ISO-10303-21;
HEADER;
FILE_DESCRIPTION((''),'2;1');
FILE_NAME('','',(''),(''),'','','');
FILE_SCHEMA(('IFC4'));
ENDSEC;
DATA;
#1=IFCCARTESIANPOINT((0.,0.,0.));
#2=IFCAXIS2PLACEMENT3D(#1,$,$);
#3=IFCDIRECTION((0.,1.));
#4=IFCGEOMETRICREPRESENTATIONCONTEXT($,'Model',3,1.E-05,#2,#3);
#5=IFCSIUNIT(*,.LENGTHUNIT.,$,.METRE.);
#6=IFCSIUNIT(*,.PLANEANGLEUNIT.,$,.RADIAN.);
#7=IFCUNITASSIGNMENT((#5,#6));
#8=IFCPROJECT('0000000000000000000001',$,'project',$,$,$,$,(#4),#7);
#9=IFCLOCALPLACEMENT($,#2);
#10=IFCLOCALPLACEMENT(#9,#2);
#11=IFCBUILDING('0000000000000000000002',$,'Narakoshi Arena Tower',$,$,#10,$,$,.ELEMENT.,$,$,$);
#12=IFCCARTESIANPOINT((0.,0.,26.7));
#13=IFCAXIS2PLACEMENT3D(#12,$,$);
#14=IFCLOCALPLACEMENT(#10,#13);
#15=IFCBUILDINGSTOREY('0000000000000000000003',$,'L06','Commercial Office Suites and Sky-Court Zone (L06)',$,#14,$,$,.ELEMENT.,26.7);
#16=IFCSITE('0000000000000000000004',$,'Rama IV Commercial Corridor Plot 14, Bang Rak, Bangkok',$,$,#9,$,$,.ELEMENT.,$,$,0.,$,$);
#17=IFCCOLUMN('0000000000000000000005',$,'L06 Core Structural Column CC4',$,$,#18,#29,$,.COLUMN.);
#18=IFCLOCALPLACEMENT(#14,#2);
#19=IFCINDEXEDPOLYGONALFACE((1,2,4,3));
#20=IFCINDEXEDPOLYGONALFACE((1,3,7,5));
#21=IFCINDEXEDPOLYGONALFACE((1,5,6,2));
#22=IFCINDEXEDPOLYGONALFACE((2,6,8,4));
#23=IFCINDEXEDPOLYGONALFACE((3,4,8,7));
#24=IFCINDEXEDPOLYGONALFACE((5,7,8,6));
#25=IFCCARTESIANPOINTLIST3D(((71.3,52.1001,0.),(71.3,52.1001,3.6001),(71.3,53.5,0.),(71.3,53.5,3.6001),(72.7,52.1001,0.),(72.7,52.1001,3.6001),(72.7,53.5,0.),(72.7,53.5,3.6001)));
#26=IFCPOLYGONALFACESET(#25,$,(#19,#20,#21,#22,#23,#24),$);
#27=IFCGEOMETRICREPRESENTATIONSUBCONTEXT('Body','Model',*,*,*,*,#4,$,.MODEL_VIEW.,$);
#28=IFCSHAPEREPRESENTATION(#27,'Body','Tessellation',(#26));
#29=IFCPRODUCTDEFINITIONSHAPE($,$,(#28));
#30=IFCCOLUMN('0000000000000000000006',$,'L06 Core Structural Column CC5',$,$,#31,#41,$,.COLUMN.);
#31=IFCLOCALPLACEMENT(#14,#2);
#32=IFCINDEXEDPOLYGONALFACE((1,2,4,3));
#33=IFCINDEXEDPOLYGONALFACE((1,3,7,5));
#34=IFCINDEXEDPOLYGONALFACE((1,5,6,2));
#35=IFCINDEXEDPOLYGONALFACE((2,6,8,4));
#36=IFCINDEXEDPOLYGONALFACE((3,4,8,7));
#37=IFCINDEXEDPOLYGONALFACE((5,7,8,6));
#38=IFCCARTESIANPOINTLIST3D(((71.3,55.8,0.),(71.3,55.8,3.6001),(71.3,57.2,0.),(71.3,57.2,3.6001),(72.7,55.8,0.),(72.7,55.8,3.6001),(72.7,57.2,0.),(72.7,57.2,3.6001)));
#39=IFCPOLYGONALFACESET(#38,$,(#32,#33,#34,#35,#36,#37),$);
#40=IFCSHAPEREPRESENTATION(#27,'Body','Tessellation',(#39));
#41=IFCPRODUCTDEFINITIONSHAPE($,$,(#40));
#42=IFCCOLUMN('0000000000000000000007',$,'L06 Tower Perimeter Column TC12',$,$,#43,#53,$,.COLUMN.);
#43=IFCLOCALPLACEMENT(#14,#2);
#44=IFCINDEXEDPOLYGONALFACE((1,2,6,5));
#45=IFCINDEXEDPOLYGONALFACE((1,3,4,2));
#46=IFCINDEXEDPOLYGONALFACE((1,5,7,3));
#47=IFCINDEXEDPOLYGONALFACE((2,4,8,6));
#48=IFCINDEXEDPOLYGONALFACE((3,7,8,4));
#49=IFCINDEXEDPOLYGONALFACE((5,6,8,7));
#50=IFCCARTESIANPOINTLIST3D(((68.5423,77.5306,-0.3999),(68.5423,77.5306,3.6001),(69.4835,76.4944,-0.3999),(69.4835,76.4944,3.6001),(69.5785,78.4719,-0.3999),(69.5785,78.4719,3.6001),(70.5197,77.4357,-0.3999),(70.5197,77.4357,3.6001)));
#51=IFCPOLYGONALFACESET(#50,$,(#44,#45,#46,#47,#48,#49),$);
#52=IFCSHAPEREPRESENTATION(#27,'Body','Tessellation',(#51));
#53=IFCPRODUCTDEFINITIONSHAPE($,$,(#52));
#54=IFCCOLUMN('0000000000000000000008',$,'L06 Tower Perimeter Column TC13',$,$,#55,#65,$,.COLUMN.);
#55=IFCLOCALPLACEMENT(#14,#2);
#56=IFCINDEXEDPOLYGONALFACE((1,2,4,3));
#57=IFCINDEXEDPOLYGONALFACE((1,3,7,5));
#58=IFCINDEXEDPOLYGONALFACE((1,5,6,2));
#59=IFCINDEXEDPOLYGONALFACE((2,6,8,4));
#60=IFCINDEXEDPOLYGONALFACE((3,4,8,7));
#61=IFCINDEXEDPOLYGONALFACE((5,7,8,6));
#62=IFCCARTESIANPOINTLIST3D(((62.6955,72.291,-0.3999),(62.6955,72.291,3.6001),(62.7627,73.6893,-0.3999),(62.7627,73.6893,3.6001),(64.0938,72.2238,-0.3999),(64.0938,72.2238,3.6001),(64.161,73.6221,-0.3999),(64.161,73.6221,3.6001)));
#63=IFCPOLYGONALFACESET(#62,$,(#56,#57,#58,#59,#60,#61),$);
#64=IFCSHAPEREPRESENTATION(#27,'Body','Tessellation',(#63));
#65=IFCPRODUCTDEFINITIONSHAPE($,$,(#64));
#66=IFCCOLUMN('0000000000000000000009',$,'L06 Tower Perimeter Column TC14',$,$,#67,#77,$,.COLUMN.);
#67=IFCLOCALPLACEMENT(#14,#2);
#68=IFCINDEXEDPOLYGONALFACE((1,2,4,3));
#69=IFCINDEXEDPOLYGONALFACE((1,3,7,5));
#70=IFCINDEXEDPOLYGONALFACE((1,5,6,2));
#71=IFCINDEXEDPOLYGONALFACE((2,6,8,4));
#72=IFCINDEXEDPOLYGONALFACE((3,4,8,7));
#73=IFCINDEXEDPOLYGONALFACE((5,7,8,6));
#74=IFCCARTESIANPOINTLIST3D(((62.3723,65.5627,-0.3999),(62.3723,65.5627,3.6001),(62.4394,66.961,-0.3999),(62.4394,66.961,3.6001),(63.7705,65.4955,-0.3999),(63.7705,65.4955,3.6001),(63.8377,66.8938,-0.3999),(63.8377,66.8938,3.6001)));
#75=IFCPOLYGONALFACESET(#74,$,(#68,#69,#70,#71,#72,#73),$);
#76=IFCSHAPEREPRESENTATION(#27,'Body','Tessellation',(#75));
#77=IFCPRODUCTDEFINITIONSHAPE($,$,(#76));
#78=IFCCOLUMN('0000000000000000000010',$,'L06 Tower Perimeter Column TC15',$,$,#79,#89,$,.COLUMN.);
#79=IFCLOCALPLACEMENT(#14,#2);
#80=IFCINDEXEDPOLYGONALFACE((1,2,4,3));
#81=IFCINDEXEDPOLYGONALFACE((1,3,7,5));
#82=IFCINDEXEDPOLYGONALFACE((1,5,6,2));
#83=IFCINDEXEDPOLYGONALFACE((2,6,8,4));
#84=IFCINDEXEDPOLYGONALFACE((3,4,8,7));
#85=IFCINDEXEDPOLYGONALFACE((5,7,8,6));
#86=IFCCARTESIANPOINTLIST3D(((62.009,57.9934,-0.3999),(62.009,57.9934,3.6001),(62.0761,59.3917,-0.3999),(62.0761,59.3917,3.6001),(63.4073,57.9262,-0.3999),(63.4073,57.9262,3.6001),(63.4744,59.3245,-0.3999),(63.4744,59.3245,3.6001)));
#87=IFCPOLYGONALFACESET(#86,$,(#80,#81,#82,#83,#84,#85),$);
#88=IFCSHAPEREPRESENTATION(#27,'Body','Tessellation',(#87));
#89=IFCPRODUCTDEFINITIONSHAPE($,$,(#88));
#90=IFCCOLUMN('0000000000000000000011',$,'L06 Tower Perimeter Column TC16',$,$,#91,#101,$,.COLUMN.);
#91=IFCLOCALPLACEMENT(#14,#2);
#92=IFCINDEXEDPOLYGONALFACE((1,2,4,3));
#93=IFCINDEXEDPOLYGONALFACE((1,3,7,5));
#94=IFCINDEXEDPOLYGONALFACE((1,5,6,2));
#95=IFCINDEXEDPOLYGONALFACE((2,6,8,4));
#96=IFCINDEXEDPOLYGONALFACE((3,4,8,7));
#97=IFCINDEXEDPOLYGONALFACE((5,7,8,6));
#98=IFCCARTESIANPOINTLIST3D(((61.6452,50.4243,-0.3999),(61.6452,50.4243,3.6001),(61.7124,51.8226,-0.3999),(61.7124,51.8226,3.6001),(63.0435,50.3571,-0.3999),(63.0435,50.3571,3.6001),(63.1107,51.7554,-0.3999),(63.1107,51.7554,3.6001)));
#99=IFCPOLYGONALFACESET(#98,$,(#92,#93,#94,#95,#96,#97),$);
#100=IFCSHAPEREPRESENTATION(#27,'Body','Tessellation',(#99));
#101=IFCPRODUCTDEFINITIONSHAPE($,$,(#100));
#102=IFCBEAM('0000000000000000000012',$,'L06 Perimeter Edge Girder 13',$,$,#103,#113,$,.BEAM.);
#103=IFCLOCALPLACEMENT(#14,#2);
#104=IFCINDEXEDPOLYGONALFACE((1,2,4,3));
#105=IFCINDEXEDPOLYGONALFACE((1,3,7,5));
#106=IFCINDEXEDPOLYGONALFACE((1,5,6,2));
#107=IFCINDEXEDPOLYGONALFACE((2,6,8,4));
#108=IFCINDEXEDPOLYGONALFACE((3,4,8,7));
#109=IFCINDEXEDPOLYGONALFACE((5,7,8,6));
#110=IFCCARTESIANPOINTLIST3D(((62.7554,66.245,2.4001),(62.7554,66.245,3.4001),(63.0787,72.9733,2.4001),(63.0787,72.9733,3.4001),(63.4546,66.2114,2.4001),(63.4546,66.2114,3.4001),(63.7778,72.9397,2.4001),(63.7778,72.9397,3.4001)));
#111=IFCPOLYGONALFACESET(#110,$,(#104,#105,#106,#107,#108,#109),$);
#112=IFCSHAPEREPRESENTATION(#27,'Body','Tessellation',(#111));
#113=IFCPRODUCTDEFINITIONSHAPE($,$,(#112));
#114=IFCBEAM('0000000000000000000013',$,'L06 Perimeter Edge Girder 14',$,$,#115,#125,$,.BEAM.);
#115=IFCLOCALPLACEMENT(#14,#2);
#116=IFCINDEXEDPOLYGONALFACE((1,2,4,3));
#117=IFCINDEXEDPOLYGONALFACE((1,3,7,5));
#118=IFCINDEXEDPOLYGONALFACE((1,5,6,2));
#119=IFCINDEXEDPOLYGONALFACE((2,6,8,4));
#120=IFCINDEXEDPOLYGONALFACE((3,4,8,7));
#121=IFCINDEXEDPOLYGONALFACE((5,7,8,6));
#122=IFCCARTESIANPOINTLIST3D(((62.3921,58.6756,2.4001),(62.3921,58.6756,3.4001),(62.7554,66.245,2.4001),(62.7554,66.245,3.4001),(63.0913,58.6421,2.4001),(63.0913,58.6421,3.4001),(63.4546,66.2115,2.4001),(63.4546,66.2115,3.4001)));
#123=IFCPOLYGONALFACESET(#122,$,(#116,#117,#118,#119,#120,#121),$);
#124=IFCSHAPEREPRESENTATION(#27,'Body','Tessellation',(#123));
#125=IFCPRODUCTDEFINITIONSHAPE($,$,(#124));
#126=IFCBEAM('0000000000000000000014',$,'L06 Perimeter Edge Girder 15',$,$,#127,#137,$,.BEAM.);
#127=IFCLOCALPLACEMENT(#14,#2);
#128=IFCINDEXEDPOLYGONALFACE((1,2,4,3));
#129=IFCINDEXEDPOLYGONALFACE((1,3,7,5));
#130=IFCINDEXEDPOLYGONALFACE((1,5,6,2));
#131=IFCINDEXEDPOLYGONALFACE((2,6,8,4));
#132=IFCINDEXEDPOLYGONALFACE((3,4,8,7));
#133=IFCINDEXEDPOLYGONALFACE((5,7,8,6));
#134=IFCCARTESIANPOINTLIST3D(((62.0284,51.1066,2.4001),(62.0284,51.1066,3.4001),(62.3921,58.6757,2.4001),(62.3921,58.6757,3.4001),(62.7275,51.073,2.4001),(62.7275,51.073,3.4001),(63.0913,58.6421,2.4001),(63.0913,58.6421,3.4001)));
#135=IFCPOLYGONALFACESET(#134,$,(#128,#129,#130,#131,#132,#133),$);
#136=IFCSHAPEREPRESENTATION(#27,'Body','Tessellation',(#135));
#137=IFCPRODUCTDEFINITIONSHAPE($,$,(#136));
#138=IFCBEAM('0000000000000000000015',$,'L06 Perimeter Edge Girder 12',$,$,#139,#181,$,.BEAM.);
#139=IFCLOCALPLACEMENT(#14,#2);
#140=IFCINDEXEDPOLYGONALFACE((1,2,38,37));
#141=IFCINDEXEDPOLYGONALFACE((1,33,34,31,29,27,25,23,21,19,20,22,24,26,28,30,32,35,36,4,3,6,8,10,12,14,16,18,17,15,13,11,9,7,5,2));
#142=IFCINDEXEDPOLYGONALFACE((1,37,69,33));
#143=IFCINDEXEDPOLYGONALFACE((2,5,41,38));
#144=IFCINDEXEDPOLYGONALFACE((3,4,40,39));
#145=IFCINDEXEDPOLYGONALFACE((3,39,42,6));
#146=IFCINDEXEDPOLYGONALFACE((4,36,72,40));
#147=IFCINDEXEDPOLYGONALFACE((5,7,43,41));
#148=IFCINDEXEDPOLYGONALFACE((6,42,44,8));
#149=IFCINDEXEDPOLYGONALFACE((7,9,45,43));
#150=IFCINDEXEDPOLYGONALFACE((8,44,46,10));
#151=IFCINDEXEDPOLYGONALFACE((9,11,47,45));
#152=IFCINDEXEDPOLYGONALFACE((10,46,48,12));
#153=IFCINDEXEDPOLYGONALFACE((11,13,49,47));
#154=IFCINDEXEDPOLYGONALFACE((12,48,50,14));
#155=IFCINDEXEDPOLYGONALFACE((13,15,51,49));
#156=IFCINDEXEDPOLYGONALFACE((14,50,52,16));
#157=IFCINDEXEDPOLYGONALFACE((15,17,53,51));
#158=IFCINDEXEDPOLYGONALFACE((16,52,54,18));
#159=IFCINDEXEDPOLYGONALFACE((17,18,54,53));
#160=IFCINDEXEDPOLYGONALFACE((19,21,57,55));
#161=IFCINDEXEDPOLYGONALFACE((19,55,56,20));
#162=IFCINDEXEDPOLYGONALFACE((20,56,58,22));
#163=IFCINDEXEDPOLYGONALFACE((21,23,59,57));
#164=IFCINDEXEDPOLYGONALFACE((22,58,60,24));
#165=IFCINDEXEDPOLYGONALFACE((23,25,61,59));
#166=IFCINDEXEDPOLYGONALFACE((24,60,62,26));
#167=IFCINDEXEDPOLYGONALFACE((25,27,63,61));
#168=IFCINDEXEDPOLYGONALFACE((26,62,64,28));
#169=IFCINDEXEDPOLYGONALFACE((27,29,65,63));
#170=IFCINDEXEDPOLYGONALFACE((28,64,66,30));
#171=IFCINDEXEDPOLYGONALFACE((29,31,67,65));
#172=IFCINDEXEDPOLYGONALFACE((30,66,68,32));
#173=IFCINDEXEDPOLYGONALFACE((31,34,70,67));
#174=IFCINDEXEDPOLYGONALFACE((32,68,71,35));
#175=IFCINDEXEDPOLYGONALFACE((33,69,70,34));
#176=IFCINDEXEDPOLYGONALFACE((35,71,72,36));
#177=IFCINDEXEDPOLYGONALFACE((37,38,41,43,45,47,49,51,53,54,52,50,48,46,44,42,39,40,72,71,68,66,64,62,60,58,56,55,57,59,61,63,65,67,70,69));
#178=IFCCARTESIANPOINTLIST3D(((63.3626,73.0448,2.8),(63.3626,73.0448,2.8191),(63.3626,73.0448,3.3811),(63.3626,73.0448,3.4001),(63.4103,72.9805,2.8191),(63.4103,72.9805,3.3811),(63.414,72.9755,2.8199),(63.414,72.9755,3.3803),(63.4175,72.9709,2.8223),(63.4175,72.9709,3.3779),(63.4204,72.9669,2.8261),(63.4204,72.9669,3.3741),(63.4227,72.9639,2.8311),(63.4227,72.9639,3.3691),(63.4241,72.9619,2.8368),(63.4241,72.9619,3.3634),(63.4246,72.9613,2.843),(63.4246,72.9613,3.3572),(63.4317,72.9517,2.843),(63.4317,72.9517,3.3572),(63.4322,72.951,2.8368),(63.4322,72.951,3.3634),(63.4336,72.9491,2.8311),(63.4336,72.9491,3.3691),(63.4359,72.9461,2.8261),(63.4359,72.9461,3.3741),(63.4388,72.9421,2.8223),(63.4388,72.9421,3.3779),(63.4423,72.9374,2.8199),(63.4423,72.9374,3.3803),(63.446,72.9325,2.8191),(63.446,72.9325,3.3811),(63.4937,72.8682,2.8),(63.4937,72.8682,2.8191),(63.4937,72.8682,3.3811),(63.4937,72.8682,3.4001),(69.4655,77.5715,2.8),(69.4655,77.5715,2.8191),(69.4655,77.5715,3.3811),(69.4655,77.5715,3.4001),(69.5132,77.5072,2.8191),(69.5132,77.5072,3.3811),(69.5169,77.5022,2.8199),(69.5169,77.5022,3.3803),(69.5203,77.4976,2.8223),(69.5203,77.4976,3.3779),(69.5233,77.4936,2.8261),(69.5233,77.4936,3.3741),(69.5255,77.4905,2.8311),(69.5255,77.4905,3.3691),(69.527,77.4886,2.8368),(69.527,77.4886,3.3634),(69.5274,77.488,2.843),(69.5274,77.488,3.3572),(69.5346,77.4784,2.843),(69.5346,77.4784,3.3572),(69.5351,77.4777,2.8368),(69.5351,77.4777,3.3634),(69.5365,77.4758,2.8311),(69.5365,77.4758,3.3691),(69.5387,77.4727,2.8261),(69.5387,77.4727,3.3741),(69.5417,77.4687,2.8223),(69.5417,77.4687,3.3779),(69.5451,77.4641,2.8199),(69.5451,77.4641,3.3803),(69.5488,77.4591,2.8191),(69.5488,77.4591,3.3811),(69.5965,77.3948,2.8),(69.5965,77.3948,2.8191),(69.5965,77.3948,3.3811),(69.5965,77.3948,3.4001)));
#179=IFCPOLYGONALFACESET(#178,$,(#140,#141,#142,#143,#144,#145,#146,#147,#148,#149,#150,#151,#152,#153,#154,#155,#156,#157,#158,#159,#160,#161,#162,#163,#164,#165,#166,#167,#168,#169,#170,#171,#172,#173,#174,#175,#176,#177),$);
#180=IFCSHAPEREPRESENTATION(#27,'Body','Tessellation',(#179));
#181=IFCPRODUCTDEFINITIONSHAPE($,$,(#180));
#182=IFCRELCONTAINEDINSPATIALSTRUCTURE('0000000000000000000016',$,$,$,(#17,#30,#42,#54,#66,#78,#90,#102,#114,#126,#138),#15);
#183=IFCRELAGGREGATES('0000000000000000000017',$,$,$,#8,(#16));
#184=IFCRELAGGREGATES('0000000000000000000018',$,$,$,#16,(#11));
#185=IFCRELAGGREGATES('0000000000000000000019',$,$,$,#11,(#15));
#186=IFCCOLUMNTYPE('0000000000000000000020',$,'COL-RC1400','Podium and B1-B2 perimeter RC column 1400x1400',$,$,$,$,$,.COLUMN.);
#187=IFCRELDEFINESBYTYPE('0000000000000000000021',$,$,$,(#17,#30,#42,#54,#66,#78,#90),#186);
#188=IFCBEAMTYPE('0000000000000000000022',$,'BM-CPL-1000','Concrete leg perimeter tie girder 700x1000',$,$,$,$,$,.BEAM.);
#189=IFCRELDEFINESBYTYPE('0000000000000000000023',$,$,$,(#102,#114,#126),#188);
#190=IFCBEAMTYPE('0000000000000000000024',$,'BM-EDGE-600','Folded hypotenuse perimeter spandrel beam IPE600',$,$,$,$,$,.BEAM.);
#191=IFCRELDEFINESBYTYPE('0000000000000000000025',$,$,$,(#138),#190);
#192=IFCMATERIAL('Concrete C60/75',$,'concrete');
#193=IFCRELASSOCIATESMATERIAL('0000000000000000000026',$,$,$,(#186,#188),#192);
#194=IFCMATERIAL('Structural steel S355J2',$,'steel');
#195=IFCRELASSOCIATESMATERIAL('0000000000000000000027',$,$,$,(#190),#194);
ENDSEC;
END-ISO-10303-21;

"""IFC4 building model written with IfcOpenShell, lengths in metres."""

from ifc_helpers import new_model, si_unit, direction, frame, origin, origin_2d, place, context, subcontext, project, spatial, rectangle, i_section, extrude, material, material_profile, profile_set, type_object, element, save


model = new_model("IFC4")

# Units and contexts
model_context = context("Model", 3, precision=1e-05, world=origin(), true_north=direction((0.0, 1.0)))
body_context = subcontext(model_context, "Body", "Model", "MODEL_VIEW")
ifc_project = project(units=[si_unit("LENGTHUNIT", "METRE"), si_unit("PLANEANGLEUNIT", "RADIAN")], contexts=[model_context])

# Site, building, storey
site_placement = place(None, origin())
site = spatial("IfcSite", under=ifc_project, at=site_placement, Name="Rama IV Commercial Corridor Plot 14, Bang Rak, Bangkok", CompositionType="ELEMENT", RefElevation=0.0)
building_placement = place(site_placement, origin())
building = spatial("IfcBuilding", under=site, at=building_placement, Name="Narakoshi Arena Tower", CompositionType="ELEMENT")
storey_placement = place(building_placement, frame((0.0, 0.0, 26.7)))
storey = spatial("IfcBuildingStorey", under=building, at=storey_placement, Name="L06", Description="Commercial Office Suites and Sky-Court Zone (L06)", CompositionType="ELEMENT", Elevation=26.7)

# Columns
ifc_material_1 = material(Name="Concrete C60/75", Category="concrete")
ifc_material_profile_1 = material_profile(ifc_material_1, rectangle(XDim=1.3999, YDim=1.3999, at=origin_2d()), Name="RC1400x1400")
ifc_profile_set_1 = profile_set([ifc_material_profile_1], Name="Concrete C60/75")
column_type = type_object("IfcColumnType", Name="COL-RC1400", Description="Podium and B1-B2 perimeter RC column 1400x1400", PredefinedType="COLUMN", material=ifc_profile_set_1)
for number, where, z_axis, x_axis, name in (
    (1, (72.0, 52.8, 0.0), (0.0, 0.0, 1.0), (1.0, 0.0, 0.0), "L06 Core Structural Column CC4"),
    (2, (72.0, 56.5, 0.0), (0.0, 0.0, 1.0), (1.0, 0.0, 0.0), "L06 Core Structural Column CC5"),
):
    element("IfcColumn", number, at=place(storey_placement, frame(where, z_axis=z_axis, x_axis=x_axis)), inside=storey, type_object=column_type, Name=name, PredefinedType="COLUMN", context=body_context, shape_type="SweptSolid", body=[
        extrude(rectangle(XDim=1.3999, YDim=1.3999, at=origin_2d()), origin(), (0.0, 0.0, 1.0), 3.6001),
    ])
for number, where, z_axis, x_axis, name in (
    (3, (69.531, 77.4832, -0.3999), (0.0, 0.0, 1.0), (0.740218, 0.672367, 0.0), "L06 Tower Perimeter Column TC12"),
    (4, (63.4282, 72.9565, -0.3999), (0.0, 0.0, 1.0), (0.047978, 0.998848, 0.0), "L06 Tower Perimeter Column TC13"),
    (5, (63.105, 66.2283, -0.3999), (0.0, 0.0, 1.0), (0.047978, 0.998848, 0.0), "L06 Tower Perimeter Column TC14"),
    (6, (62.7417, 58.6589, -0.3999), (0.0, 0.0, 1.0), (0.047978, 0.998848, 0.0), "L06 Tower Perimeter Column TC15"),
    (7, (62.3779, 51.0898, -0.3999), (0.0, 0.0, 1.0), (0.047978, 0.998848, 0.0), "L06 Tower Perimeter Column TC16"),
):
    element("IfcColumn", number, at=place(storey_placement, frame(where, z_axis=z_axis, x_axis=x_axis)), inside=storey, type_object=column_type, Name=name, PredefinedType="COLUMN", context=body_context, shape_type="SweptSolid", body=[
        extrude(rectangle(XDim=1.3999, YDim=1.3999, at=origin_2d()), origin(), (0.0, 0.0, 1.0), 4.0),
    ])

# Beams
ifc_material_profile_2 = material_profile(ifc_material_1, rectangle(XDim=0.7, YDim=1.0, at=origin_2d()), Name="RCB700x1000")
ifc_profile_set_2 = profile_set([ifc_material_profile_2], Name="Concrete C60/75")
beam_type_1 = type_object("IfcBeamType", Name="BM-CPL-1000", Description="Concrete leg perimeter tie girder 700x1000", PredefinedType="BEAM", material=ifc_profile_set_2)
beam_1_placement = place(storey_placement, frame((63.4282, 72.9565, 2.9001), z_axis=(-0.047987, -0.998848, 0.0), x_axis=(0.998848, -0.047987, 0.0)))
element("IfcBeam", 8, at=beam_1_placement, inside=storey, type_object=beam_type_1, Name="L06 Perimeter Edge Girder 13", PredefinedType="BEAM", context=body_context, shape_type="SweptSolid", body=[
    extrude(rectangle(XDim=0.7, YDim=1.0, at=origin_2d()), origin(), (0.0, 0.0, 1.0), 6.7361),
])
beam_2_placement = place(storey_placement, frame((63.105, 66.2283, 2.9001), z_axis=(-0.047939, -0.99885, 0.0), x_axis=(0.99885, -0.047939, 0.0)))
element("IfcBeam", 9, at=beam_2_placement, inside=storey, type_object=beam_type_1, Name="L06 Perimeter Edge Girder 14", PredefinedType="BEAM", context=body_context, shape_type="SweptSolid", body=[
    extrude(rectangle(XDim=0.7, YDim=1.0, at=origin_2d()), origin(), (0.0, 0.0, 1.0), 7.5781),
])
beam_3_placement = place(storey_placement, frame((62.7417, 58.6589, 2.9001), z_axis=(-0.048004, -0.998847, 0.0), x_axis=(0.998847, -0.048004, 0.0)))
element("IfcBeam", 10, at=beam_3_placement, inside=storey, type_object=beam_type_1, Name="L06 Perimeter Edge Girder 15", PredefinedType="BEAM", context=body_context, shape_type="SweptSolid", body=[
    extrude(rectangle(XDim=0.7, YDim=1.0, at=origin_2d()), origin(), (0.0, 0.0, 1.0), 7.5779),
])
ifc_material_2 = material(Name="Structural steel S355J2", Category="steel")
ifc_material_profile_3 = material_profile(ifc_material_2, i_section(OverallWidth=0.22, OverallDepth=0.6001, WebThickness=0.012, FlangeThickness=0.019, FilletRadius=0.0239, at=origin_2d()), Name="IPE600")
ifc_profile_set_3 = profile_set([ifc_material_profile_3], Name="Structural steel S355J2")
beam_type_2 = type_object("IfcBeamType", Name="BM-EDGE-600", Description="Folded hypotenuse perimeter spandrel beam IPE600", PredefinedType="BEAM", material=ifc_profile_set_3)
beam_4_placement = place(storey_placement, frame((69.531, 77.4832, 3.1001), z_axis=(-0.803177, -0.59574, 0.0), x_axis=(0.59574, -0.803177, 0.0)))
element("IfcBeam", 11, at=beam_4_placement, inside=storey, type_object=beam_type_2, Name="L06 Perimeter Edge Girder 12", PredefinedType="BEAM", context=body_context, shape_type="SweptSolid", body=[
    extrude(i_section(OverallWidth=0.22, OverallDepth=0.6001, WebThickness=0.012, FlangeThickness=0.019, FilletRadius=0.0239, at=origin_2d()), origin(), (0.0, 0.0, 1.0), 7.5984),
])

save(model, "model.ifc")
